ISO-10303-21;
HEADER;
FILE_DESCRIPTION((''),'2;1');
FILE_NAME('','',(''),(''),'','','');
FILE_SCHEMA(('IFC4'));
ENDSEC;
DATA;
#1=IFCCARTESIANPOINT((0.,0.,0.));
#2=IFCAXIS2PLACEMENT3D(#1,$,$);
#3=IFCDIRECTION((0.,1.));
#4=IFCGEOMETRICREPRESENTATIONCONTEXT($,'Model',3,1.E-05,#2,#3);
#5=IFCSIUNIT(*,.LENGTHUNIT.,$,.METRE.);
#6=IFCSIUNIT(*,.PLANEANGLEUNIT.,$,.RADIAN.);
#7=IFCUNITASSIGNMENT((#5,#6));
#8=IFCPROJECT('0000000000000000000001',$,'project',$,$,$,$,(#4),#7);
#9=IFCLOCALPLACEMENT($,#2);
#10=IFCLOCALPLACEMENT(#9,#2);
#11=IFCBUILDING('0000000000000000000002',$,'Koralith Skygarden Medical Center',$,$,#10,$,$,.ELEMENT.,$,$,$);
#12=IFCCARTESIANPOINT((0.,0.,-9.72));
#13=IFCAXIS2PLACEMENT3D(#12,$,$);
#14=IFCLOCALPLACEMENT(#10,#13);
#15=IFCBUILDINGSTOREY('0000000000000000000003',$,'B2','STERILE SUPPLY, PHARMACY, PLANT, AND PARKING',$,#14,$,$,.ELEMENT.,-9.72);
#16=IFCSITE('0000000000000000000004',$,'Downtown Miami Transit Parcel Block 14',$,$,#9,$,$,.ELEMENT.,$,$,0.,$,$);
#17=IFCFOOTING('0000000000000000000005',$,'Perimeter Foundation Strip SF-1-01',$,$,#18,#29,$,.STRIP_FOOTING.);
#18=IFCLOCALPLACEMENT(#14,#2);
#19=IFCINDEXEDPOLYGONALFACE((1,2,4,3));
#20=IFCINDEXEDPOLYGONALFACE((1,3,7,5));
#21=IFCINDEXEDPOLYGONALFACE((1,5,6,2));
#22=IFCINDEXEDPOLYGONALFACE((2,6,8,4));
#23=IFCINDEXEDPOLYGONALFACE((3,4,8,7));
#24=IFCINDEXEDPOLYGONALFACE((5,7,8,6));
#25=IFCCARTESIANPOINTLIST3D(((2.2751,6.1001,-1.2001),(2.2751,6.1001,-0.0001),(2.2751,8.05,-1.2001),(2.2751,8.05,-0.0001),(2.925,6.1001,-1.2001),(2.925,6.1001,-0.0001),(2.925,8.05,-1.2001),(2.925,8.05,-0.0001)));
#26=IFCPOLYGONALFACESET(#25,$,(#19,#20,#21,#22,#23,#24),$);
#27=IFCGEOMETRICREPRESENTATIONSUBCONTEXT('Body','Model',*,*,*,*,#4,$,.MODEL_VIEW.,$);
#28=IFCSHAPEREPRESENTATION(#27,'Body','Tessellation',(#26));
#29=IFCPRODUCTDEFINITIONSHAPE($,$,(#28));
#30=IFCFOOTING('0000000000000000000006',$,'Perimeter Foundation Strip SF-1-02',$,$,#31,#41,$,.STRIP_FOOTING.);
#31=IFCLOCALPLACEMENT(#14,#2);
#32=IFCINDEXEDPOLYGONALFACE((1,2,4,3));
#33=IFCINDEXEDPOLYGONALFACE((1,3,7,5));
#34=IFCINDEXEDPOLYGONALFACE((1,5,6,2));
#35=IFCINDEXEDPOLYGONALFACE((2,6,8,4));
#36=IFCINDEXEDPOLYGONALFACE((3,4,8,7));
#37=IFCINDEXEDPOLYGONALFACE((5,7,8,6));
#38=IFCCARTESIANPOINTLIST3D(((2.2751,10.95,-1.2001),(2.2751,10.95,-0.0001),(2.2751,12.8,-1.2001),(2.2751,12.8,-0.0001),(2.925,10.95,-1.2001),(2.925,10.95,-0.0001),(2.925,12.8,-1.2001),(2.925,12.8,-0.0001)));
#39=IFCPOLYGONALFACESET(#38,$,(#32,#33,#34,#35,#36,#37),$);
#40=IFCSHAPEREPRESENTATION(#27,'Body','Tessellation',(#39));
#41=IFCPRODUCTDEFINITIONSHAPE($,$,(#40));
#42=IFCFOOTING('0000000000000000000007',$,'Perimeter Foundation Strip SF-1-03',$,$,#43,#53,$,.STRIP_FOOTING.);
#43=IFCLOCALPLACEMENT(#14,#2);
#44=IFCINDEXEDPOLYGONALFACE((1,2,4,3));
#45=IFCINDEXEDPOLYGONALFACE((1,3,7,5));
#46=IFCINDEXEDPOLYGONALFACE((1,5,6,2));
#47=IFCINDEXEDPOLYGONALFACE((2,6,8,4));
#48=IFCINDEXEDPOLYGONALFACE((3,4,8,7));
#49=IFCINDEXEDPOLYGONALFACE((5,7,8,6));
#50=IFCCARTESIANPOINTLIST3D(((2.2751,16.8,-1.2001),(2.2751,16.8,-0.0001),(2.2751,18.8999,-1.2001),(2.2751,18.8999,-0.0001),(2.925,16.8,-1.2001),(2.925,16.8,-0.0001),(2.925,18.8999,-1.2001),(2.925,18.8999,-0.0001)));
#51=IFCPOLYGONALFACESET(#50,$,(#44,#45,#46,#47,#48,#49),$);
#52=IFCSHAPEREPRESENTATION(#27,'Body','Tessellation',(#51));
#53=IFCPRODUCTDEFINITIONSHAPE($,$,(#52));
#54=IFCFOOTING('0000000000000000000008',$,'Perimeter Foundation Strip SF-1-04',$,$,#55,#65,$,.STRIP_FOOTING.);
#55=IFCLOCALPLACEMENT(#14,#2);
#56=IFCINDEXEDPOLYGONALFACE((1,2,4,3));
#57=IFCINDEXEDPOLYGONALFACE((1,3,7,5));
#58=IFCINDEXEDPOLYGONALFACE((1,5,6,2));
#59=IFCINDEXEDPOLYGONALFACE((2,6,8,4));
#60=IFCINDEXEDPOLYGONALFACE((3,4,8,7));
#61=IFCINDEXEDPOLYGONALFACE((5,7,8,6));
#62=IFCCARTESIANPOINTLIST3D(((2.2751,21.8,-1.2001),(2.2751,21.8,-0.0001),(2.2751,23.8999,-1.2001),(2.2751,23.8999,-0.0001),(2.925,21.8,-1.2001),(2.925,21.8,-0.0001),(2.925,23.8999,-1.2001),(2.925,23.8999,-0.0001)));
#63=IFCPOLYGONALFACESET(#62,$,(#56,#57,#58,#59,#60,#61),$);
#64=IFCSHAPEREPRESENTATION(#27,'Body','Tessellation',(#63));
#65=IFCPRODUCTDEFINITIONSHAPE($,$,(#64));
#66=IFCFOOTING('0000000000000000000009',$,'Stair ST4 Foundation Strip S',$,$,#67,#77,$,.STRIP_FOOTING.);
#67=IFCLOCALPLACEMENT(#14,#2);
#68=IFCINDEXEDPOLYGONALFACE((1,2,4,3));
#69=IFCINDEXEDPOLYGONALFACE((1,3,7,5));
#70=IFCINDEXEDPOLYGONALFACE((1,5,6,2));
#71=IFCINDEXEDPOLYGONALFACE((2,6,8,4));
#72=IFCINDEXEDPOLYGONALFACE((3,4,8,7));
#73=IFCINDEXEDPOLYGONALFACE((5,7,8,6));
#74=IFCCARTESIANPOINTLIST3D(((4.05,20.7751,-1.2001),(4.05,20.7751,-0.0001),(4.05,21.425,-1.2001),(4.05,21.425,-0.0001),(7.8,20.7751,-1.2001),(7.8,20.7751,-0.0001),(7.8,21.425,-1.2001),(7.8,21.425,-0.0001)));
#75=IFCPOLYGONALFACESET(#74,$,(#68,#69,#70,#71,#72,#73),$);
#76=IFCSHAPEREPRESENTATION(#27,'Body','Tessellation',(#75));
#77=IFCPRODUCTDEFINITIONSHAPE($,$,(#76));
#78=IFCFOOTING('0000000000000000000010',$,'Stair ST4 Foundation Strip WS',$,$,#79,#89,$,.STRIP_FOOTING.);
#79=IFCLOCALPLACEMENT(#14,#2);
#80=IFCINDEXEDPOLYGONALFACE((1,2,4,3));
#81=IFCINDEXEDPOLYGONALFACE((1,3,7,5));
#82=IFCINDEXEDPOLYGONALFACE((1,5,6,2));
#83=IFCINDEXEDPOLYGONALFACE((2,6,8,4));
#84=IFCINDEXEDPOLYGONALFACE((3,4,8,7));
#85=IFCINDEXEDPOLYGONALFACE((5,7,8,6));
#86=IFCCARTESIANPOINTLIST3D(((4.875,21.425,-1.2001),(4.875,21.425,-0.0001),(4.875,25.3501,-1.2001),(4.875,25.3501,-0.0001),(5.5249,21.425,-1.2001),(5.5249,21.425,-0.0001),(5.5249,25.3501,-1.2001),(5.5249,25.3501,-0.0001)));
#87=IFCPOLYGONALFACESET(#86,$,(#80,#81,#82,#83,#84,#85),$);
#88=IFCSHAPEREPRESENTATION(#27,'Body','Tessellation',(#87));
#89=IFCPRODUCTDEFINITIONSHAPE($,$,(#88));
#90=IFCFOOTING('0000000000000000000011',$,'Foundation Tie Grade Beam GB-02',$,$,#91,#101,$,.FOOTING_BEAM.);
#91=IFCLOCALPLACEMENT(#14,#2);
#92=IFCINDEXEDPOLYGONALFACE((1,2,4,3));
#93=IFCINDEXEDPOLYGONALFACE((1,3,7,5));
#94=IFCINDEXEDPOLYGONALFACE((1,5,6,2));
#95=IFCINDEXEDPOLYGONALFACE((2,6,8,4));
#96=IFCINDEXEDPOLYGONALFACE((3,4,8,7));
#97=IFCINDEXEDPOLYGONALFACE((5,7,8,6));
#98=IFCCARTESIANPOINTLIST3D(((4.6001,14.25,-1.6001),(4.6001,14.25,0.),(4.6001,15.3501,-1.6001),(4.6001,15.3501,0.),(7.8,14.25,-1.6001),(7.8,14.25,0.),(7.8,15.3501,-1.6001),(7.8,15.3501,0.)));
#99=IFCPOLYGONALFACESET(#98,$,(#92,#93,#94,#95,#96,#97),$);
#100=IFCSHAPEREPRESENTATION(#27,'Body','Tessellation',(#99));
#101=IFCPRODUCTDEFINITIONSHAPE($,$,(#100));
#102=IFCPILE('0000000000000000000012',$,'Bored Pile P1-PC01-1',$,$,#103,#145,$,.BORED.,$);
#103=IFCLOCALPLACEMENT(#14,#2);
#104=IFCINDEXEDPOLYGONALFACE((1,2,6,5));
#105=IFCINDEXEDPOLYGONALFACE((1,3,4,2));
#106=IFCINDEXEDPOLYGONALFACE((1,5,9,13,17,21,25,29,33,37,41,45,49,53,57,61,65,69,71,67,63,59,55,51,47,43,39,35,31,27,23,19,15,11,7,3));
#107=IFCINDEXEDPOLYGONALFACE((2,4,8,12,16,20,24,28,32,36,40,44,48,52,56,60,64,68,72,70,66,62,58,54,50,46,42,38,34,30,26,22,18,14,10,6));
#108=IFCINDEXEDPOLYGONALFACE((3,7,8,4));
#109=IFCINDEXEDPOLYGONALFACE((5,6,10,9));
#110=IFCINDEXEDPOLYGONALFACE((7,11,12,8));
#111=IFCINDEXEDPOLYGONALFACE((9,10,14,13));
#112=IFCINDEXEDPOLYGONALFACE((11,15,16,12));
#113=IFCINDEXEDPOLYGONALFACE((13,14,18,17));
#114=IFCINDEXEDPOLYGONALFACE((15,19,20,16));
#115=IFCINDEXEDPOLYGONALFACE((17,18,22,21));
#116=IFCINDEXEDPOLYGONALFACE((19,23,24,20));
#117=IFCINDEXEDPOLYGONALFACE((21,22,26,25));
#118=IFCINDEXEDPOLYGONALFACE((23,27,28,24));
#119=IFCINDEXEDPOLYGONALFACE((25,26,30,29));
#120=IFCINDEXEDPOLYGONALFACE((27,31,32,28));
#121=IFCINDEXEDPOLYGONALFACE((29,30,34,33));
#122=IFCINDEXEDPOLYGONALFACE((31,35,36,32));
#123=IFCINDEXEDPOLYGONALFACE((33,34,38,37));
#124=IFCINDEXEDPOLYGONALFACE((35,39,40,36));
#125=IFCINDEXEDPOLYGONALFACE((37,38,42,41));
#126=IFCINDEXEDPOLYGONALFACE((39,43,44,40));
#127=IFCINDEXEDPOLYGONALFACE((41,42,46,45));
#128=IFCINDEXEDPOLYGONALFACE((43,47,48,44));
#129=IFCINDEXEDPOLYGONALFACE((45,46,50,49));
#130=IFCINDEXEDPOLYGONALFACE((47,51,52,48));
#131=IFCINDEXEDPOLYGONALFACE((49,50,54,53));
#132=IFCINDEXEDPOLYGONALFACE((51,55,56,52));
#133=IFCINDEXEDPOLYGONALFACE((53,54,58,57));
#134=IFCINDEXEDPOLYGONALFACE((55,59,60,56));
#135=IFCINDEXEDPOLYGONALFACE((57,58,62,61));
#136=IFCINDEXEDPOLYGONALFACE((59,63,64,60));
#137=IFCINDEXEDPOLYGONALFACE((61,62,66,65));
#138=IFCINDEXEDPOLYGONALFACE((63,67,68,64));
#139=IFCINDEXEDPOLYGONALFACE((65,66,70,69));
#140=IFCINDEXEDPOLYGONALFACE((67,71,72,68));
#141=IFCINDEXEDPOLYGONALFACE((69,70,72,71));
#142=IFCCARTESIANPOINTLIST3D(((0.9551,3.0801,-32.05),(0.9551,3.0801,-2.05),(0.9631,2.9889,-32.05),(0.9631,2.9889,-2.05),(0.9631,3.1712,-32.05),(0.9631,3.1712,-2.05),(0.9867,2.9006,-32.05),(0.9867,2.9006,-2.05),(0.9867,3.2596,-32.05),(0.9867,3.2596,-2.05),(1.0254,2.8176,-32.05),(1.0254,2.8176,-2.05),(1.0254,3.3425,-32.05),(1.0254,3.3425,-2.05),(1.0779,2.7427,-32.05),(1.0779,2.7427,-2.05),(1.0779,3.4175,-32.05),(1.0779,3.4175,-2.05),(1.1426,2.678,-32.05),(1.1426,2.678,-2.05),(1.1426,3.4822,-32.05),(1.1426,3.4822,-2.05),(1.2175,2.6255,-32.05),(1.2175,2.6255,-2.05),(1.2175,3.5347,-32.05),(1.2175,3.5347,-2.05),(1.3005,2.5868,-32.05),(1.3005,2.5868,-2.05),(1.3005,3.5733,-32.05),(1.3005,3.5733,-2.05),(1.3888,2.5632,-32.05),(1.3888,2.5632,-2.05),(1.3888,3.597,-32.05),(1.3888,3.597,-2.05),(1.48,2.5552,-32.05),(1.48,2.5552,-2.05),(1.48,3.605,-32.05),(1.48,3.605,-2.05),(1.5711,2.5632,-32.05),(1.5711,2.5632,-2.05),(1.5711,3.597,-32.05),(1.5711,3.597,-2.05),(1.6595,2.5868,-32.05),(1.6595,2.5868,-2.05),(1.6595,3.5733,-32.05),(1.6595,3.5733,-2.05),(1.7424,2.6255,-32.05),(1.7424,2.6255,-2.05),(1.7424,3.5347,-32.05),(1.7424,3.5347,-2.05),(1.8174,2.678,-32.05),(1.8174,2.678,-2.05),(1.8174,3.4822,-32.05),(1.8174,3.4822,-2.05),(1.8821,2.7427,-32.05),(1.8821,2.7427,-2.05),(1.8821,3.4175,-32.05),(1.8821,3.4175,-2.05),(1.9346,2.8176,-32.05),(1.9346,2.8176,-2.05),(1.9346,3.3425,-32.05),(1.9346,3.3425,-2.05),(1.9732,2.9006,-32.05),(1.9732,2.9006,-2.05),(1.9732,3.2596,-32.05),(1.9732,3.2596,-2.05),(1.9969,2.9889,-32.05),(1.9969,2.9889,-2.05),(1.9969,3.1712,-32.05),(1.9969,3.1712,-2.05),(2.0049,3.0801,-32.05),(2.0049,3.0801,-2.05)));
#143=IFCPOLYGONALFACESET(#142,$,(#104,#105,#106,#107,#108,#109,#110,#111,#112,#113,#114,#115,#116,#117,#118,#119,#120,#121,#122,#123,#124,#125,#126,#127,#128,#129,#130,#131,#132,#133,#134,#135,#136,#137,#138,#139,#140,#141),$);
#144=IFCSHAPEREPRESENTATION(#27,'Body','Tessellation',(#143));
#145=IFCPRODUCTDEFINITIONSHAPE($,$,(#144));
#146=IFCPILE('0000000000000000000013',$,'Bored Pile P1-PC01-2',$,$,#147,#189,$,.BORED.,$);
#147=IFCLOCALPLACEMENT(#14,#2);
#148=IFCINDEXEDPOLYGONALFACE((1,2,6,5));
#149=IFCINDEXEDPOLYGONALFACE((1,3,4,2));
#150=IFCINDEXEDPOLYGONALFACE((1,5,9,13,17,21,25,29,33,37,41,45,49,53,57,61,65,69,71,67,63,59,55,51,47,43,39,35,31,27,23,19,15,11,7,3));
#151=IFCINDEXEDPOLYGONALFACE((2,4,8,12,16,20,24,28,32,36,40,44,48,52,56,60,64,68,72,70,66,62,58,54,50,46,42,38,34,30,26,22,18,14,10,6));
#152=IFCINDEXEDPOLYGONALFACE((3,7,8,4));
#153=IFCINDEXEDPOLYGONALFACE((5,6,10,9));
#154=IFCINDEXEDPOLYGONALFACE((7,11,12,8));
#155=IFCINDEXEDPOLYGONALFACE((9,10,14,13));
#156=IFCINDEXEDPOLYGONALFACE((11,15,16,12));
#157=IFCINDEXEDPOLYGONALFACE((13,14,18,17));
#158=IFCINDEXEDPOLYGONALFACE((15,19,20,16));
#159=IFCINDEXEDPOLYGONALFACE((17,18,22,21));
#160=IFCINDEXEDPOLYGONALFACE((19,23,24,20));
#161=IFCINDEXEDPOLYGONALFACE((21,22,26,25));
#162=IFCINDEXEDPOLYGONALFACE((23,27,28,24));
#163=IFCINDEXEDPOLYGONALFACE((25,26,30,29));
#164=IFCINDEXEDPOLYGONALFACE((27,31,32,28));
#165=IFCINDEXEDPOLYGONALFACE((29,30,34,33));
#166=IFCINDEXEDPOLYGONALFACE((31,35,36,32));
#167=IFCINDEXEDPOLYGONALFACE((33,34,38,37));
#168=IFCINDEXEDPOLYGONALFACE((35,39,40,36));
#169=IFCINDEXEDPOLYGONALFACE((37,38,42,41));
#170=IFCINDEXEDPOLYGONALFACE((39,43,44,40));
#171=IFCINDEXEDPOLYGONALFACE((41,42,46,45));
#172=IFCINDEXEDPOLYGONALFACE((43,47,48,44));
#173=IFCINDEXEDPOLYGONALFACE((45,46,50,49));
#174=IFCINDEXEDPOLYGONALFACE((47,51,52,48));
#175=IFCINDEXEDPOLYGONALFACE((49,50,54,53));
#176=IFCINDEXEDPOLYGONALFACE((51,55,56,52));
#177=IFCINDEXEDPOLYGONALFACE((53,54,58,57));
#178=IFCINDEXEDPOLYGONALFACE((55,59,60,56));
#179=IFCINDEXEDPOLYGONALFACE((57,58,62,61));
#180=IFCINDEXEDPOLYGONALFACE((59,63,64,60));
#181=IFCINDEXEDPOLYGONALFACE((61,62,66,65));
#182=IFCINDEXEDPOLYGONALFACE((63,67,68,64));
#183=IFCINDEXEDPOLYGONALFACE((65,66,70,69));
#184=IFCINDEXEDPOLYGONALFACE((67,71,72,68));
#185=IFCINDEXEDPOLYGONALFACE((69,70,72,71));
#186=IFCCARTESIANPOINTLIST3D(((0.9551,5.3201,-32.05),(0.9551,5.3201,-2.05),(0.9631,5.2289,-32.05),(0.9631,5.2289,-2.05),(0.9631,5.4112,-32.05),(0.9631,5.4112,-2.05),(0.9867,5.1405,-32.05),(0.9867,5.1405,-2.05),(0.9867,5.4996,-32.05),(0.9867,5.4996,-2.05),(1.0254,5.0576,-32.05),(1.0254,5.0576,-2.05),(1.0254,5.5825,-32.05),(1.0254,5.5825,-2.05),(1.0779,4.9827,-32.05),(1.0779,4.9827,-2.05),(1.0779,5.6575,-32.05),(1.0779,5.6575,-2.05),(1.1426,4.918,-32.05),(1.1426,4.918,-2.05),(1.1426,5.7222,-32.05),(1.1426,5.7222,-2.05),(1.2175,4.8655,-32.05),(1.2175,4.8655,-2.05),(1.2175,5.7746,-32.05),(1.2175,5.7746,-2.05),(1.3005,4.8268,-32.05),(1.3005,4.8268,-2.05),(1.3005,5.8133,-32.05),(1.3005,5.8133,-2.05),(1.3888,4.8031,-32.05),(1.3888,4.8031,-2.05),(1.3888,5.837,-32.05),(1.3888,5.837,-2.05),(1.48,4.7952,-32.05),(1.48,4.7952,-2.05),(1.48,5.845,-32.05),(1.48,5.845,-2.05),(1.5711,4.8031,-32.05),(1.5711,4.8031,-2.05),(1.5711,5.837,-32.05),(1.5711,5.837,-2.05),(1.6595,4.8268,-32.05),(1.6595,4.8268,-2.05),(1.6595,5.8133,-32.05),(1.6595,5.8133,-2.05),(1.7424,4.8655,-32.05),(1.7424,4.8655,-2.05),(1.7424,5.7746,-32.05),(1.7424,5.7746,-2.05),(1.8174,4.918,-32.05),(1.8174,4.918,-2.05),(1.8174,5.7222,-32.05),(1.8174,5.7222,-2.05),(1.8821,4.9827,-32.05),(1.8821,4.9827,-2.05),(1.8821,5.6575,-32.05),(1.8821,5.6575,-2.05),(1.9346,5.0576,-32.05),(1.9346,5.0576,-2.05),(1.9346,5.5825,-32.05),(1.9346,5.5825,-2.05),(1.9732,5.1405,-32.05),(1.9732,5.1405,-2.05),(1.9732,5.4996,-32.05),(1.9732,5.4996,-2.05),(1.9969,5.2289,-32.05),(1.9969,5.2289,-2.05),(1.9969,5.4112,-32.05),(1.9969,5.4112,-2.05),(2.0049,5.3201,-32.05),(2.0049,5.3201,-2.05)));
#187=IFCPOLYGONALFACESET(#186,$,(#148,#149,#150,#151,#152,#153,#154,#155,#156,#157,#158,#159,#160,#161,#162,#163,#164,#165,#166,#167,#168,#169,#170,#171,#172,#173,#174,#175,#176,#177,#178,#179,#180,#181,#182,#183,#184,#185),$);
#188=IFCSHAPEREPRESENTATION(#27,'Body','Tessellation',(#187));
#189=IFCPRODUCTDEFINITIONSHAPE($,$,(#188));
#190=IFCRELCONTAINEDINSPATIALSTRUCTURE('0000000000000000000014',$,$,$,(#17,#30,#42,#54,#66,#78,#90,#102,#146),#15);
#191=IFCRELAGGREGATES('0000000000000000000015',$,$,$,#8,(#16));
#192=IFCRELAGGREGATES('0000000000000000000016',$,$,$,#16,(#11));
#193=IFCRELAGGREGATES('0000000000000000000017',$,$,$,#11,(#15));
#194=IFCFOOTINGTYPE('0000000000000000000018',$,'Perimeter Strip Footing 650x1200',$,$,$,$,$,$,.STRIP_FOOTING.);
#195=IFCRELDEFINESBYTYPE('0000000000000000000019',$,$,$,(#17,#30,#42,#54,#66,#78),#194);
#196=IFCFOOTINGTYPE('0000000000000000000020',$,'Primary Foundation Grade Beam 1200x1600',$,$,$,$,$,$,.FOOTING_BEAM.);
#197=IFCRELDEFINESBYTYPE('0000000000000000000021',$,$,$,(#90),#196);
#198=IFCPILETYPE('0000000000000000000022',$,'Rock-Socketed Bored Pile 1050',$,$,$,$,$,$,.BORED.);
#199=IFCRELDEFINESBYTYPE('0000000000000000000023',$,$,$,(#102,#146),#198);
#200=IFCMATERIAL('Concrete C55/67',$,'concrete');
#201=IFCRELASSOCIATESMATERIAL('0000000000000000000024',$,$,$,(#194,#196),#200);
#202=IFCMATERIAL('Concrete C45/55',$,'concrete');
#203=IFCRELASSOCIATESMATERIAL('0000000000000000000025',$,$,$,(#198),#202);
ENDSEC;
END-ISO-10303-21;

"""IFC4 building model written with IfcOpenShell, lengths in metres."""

from ifc_helpers import new_model, si_unit, direction, frame, origin, origin_2d, place, context, subcontext, project, spatial, rectangle, circle, extrude, material, material_profile, profile_set, type_object, element, save


model = new_model("IFC4")

# Units and contexts
model_context = context("Model", 3, precision=1e-05, world=origin(), true_north=direction((0.0, 1.0)))
body_context = subcontext(model_context, "Body", "Model", "MODEL_VIEW")
ifc_project = project(units=[si_unit("LENGTHUNIT", "METRE"), si_unit("PLANEANGLEUNIT", "RADIAN")], contexts=[model_context])

# Site, building, storey
site_placement = place(None, origin())
site = spatial("IfcSite", under=ifc_project, at=site_placement, Name="Downtown Miami Transit Parcel Block 14", CompositionType="ELEMENT", RefElevation=0.0)
building_placement = place(site_placement, origin())
building = spatial("IfcBuilding", under=site, at=building_placement, Name="Koralith Skygarden Medical Center", CompositionType="ELEMENT")
storey_placement = place(building_placement, frame((0.0, 0.0, -9.72)))
storey = spatial("IfcBuildingStorey", under=building, at=storey_placement, Name="B2", Description="STERILE SUPPLY, PHARMACY, PLANT, AND PARKING", CompositionType="ELEMENT", Elevation=-9.72)

# Footings
ifc_material_1 = material(Name="Concrete C55/67", Category="concrete")
ifc_material_profile_1 = material_profile(ifc_material_1, rectangle(XDim=0.6499, YDim=1.2, at=origin_2d()), Name="SF650X1200")
ifc_profile_set_1 = profile_set([ifc_material_profile_1], Name="Concrete C55/67")
footing_type_1 = type_object("IfcFootingType", Name="Perimeter Strip Footing 650x1200", PredefinedType="STRIP_FOOTING", material=ifc_profile_set_1)
footing_1_placement = place(storey_placement, frame((2.6001, 6.1001, -0.6001), z_axis=(0.0, 1.0, 0.0), x_axis=(-1.0, 0.0, 0.0)))
element("IfcFooting", 1, at=footing_1_placement, inside=storey, type_object=footing_type_1, Name="Perimeter Foundation Strip SF-1-01", PredefinedType="STRIP_FOOTING", context=body_context, shape_type="SweptSolid", body=[
    extrude(rectangle(XDim=0.6499, YDim=1.2, at=origin_2d()), origin(), (0.0, 0.0, 1.0), 1.95),
])
footing_2_placement = place(storey_placement, frame((2.6001, 10.95, -0.6001), z_axis=(0.0, 1.0, 0.0), x_axis=(-1.0, 0.0, 0.0)))
element("IfcFooting", 2, at=footing_2_placement, inside=storey, type_object=footing_type_1, Name="Perimeter Foundation Strip SF-1-02", PredefinedType="STRIP_FOOTING", context=body_context, shape_type="SweptSolid", body=[
    extrude(rectangle(XDim=0.6499, YDim=1.2, at=origin_2d()), origin(), (0.0, 0.0, 1.0), 1.8501),
])
for number, where, z_axis, x_axis, name in (
    (3, (2.6001, 16.8, -0.6001), (0.0, 1.0, 0.0), (-1.0, 0.0, 0.0), "Perimeter Foundation Strip SF-1-03"),
    (4, (2.6001, 21.8, -0.6001), (0.0, 1.0, 0.0), (-1.0, 0.0, 0.0), "Perimeter Foundation Strip SF-1-04"),
):
    element("IfcFooting", number, at=place(storey_placement, frame(where, z_axis=z_axis, x_axis=x_axis)), inside=storey, type_object=footing_type_1, Name=name, PredefinedType="STRIP_FOOTING", context=body_context, shape_type="SweptSolid", body=[
        extrude(rectangle(XDim=0.6499, YDim=1.2, at=origin_2d()), origin(), (0.0, 0.0, 1.0), 2.0999),
    ])
footing_3_placement = place(storey_placement, frame((4.05, 21.1001, -0.6001), z_axis=(1.0, 0.0, 0.0), x_axis=(0.0, 1.0, 0.0)))
element("IfcFooting", 5, at=footing_3_placement, inside=storey, type_object=footing_type_1, Name="Stair ST4 Foundation Strip S", PredefinedType="STRIP_FOOTING", context=body_context, shape_type="SweptSolid", body=[
    extrude(rectangle(XDim=0.6499, YDim=1.2, at=origin_2d()), origin(), (0.0, 0.0, 1.0), 3.75),
])
footing_4_placement = place(storey_placement, frame((5.2, 21.425, -0.6001), z_axis=(0.0, 1.0, 0.0), x_axis=(-1.0, 0.0, 0.0)))
element("IfcFooting", 6, at=footing_4_placement, inside=storey, type_object=footing_type_1, Name="Stair ST4 Foundation Strip WS", PredefinedType="STRIP_FOOTING", context=body_context, shape_type="SweptSolid", body=[
    extrude(rectangle(XDim=0.6499, YDim=1.2, at=origin_2d()), origin(), (0.0, 0.0, 1.0), 3.925),
])
ifc_material_profile_2 = material_profile(ifc_material_1, rectangle(XDim=1.1001, YDim=1.6001, at=origin_2d()), Name="RCB1100X1600")
ifc_profile_set_2 = profile_set([ifc_material_profile_2], Name="Concrete C55/67")
footing_type_2 = type_object("IfcFootingType", Name="Primary Foundation Grade Beam 1200x1600", PredefinedType="FOOTING_BEAM", material=ifc_profile_set_2)
footing_5_placement = place(storey_placement, frame((4.6001, 14.8, -0.8), z_axis=(1.0, 0.0, 0.0), x_axis=(0.0, 1.0, 0.0)))
element("IfcFooting", 7, at=footing_5_placement, inside=storey, type_object=footing_type_2, Name="Foundation Tie Grade Beam GB-02", PredefinedType="FOOTING_BEAM", context=body_context, shape_type="SweptSolid", body=[
    extrude(rectangle(XDim=1.1001, YDim=1.6001, at=origin_2d()), origin(), (0.0, 0.0, 1.0), 3.2),
])

# Piles
ifc_material_2 = material(Name="Concrete C45/55", Category="concrete")
ifc_material_profile_3 = material_profile(ifc_material_2, circle(Radius=0.5249, at=origin_2d()), Name="PILE1050")
ifc_profile_set_3 = profile_set([ifc_material_profile_3], Name="Concrete C45/55")
pile_type = type_object("IfcPileType", Name="Rock-Socketed Bored Pile 1050", PredefinedType="BORED", material=ifc_profile_set_3)
for number, where, z_axis, x_axis, name in (
    (8, (1.48, 3.0801, -2.05), (0.0, 0.0, -1.0), (1.0, 0.0, 0.0), "Bored Pile P1-PC01-1"),
    (9, (1.48, 5.3201, -2.05), (0.0, 0.0, -1.0), (1.0, 0.0, 0.0), "Bored Pile P1-PC01-2"),
):
    element("IfcPile", number, at=place(storey_placement, frame(where, z_axis=z_axis, x_axis=x_axis)), inside=storey, type_object=pile_type, Name=name, PredefinedType="BORED", context=body_context, shape_type="SweptSolid", body=[
        extrude(circle(Radius=0.5249, at=origin_2d()), origin(), (0.0, 0.0, 1.0), 30.0),
    ])

save(model, "model.ifc")
